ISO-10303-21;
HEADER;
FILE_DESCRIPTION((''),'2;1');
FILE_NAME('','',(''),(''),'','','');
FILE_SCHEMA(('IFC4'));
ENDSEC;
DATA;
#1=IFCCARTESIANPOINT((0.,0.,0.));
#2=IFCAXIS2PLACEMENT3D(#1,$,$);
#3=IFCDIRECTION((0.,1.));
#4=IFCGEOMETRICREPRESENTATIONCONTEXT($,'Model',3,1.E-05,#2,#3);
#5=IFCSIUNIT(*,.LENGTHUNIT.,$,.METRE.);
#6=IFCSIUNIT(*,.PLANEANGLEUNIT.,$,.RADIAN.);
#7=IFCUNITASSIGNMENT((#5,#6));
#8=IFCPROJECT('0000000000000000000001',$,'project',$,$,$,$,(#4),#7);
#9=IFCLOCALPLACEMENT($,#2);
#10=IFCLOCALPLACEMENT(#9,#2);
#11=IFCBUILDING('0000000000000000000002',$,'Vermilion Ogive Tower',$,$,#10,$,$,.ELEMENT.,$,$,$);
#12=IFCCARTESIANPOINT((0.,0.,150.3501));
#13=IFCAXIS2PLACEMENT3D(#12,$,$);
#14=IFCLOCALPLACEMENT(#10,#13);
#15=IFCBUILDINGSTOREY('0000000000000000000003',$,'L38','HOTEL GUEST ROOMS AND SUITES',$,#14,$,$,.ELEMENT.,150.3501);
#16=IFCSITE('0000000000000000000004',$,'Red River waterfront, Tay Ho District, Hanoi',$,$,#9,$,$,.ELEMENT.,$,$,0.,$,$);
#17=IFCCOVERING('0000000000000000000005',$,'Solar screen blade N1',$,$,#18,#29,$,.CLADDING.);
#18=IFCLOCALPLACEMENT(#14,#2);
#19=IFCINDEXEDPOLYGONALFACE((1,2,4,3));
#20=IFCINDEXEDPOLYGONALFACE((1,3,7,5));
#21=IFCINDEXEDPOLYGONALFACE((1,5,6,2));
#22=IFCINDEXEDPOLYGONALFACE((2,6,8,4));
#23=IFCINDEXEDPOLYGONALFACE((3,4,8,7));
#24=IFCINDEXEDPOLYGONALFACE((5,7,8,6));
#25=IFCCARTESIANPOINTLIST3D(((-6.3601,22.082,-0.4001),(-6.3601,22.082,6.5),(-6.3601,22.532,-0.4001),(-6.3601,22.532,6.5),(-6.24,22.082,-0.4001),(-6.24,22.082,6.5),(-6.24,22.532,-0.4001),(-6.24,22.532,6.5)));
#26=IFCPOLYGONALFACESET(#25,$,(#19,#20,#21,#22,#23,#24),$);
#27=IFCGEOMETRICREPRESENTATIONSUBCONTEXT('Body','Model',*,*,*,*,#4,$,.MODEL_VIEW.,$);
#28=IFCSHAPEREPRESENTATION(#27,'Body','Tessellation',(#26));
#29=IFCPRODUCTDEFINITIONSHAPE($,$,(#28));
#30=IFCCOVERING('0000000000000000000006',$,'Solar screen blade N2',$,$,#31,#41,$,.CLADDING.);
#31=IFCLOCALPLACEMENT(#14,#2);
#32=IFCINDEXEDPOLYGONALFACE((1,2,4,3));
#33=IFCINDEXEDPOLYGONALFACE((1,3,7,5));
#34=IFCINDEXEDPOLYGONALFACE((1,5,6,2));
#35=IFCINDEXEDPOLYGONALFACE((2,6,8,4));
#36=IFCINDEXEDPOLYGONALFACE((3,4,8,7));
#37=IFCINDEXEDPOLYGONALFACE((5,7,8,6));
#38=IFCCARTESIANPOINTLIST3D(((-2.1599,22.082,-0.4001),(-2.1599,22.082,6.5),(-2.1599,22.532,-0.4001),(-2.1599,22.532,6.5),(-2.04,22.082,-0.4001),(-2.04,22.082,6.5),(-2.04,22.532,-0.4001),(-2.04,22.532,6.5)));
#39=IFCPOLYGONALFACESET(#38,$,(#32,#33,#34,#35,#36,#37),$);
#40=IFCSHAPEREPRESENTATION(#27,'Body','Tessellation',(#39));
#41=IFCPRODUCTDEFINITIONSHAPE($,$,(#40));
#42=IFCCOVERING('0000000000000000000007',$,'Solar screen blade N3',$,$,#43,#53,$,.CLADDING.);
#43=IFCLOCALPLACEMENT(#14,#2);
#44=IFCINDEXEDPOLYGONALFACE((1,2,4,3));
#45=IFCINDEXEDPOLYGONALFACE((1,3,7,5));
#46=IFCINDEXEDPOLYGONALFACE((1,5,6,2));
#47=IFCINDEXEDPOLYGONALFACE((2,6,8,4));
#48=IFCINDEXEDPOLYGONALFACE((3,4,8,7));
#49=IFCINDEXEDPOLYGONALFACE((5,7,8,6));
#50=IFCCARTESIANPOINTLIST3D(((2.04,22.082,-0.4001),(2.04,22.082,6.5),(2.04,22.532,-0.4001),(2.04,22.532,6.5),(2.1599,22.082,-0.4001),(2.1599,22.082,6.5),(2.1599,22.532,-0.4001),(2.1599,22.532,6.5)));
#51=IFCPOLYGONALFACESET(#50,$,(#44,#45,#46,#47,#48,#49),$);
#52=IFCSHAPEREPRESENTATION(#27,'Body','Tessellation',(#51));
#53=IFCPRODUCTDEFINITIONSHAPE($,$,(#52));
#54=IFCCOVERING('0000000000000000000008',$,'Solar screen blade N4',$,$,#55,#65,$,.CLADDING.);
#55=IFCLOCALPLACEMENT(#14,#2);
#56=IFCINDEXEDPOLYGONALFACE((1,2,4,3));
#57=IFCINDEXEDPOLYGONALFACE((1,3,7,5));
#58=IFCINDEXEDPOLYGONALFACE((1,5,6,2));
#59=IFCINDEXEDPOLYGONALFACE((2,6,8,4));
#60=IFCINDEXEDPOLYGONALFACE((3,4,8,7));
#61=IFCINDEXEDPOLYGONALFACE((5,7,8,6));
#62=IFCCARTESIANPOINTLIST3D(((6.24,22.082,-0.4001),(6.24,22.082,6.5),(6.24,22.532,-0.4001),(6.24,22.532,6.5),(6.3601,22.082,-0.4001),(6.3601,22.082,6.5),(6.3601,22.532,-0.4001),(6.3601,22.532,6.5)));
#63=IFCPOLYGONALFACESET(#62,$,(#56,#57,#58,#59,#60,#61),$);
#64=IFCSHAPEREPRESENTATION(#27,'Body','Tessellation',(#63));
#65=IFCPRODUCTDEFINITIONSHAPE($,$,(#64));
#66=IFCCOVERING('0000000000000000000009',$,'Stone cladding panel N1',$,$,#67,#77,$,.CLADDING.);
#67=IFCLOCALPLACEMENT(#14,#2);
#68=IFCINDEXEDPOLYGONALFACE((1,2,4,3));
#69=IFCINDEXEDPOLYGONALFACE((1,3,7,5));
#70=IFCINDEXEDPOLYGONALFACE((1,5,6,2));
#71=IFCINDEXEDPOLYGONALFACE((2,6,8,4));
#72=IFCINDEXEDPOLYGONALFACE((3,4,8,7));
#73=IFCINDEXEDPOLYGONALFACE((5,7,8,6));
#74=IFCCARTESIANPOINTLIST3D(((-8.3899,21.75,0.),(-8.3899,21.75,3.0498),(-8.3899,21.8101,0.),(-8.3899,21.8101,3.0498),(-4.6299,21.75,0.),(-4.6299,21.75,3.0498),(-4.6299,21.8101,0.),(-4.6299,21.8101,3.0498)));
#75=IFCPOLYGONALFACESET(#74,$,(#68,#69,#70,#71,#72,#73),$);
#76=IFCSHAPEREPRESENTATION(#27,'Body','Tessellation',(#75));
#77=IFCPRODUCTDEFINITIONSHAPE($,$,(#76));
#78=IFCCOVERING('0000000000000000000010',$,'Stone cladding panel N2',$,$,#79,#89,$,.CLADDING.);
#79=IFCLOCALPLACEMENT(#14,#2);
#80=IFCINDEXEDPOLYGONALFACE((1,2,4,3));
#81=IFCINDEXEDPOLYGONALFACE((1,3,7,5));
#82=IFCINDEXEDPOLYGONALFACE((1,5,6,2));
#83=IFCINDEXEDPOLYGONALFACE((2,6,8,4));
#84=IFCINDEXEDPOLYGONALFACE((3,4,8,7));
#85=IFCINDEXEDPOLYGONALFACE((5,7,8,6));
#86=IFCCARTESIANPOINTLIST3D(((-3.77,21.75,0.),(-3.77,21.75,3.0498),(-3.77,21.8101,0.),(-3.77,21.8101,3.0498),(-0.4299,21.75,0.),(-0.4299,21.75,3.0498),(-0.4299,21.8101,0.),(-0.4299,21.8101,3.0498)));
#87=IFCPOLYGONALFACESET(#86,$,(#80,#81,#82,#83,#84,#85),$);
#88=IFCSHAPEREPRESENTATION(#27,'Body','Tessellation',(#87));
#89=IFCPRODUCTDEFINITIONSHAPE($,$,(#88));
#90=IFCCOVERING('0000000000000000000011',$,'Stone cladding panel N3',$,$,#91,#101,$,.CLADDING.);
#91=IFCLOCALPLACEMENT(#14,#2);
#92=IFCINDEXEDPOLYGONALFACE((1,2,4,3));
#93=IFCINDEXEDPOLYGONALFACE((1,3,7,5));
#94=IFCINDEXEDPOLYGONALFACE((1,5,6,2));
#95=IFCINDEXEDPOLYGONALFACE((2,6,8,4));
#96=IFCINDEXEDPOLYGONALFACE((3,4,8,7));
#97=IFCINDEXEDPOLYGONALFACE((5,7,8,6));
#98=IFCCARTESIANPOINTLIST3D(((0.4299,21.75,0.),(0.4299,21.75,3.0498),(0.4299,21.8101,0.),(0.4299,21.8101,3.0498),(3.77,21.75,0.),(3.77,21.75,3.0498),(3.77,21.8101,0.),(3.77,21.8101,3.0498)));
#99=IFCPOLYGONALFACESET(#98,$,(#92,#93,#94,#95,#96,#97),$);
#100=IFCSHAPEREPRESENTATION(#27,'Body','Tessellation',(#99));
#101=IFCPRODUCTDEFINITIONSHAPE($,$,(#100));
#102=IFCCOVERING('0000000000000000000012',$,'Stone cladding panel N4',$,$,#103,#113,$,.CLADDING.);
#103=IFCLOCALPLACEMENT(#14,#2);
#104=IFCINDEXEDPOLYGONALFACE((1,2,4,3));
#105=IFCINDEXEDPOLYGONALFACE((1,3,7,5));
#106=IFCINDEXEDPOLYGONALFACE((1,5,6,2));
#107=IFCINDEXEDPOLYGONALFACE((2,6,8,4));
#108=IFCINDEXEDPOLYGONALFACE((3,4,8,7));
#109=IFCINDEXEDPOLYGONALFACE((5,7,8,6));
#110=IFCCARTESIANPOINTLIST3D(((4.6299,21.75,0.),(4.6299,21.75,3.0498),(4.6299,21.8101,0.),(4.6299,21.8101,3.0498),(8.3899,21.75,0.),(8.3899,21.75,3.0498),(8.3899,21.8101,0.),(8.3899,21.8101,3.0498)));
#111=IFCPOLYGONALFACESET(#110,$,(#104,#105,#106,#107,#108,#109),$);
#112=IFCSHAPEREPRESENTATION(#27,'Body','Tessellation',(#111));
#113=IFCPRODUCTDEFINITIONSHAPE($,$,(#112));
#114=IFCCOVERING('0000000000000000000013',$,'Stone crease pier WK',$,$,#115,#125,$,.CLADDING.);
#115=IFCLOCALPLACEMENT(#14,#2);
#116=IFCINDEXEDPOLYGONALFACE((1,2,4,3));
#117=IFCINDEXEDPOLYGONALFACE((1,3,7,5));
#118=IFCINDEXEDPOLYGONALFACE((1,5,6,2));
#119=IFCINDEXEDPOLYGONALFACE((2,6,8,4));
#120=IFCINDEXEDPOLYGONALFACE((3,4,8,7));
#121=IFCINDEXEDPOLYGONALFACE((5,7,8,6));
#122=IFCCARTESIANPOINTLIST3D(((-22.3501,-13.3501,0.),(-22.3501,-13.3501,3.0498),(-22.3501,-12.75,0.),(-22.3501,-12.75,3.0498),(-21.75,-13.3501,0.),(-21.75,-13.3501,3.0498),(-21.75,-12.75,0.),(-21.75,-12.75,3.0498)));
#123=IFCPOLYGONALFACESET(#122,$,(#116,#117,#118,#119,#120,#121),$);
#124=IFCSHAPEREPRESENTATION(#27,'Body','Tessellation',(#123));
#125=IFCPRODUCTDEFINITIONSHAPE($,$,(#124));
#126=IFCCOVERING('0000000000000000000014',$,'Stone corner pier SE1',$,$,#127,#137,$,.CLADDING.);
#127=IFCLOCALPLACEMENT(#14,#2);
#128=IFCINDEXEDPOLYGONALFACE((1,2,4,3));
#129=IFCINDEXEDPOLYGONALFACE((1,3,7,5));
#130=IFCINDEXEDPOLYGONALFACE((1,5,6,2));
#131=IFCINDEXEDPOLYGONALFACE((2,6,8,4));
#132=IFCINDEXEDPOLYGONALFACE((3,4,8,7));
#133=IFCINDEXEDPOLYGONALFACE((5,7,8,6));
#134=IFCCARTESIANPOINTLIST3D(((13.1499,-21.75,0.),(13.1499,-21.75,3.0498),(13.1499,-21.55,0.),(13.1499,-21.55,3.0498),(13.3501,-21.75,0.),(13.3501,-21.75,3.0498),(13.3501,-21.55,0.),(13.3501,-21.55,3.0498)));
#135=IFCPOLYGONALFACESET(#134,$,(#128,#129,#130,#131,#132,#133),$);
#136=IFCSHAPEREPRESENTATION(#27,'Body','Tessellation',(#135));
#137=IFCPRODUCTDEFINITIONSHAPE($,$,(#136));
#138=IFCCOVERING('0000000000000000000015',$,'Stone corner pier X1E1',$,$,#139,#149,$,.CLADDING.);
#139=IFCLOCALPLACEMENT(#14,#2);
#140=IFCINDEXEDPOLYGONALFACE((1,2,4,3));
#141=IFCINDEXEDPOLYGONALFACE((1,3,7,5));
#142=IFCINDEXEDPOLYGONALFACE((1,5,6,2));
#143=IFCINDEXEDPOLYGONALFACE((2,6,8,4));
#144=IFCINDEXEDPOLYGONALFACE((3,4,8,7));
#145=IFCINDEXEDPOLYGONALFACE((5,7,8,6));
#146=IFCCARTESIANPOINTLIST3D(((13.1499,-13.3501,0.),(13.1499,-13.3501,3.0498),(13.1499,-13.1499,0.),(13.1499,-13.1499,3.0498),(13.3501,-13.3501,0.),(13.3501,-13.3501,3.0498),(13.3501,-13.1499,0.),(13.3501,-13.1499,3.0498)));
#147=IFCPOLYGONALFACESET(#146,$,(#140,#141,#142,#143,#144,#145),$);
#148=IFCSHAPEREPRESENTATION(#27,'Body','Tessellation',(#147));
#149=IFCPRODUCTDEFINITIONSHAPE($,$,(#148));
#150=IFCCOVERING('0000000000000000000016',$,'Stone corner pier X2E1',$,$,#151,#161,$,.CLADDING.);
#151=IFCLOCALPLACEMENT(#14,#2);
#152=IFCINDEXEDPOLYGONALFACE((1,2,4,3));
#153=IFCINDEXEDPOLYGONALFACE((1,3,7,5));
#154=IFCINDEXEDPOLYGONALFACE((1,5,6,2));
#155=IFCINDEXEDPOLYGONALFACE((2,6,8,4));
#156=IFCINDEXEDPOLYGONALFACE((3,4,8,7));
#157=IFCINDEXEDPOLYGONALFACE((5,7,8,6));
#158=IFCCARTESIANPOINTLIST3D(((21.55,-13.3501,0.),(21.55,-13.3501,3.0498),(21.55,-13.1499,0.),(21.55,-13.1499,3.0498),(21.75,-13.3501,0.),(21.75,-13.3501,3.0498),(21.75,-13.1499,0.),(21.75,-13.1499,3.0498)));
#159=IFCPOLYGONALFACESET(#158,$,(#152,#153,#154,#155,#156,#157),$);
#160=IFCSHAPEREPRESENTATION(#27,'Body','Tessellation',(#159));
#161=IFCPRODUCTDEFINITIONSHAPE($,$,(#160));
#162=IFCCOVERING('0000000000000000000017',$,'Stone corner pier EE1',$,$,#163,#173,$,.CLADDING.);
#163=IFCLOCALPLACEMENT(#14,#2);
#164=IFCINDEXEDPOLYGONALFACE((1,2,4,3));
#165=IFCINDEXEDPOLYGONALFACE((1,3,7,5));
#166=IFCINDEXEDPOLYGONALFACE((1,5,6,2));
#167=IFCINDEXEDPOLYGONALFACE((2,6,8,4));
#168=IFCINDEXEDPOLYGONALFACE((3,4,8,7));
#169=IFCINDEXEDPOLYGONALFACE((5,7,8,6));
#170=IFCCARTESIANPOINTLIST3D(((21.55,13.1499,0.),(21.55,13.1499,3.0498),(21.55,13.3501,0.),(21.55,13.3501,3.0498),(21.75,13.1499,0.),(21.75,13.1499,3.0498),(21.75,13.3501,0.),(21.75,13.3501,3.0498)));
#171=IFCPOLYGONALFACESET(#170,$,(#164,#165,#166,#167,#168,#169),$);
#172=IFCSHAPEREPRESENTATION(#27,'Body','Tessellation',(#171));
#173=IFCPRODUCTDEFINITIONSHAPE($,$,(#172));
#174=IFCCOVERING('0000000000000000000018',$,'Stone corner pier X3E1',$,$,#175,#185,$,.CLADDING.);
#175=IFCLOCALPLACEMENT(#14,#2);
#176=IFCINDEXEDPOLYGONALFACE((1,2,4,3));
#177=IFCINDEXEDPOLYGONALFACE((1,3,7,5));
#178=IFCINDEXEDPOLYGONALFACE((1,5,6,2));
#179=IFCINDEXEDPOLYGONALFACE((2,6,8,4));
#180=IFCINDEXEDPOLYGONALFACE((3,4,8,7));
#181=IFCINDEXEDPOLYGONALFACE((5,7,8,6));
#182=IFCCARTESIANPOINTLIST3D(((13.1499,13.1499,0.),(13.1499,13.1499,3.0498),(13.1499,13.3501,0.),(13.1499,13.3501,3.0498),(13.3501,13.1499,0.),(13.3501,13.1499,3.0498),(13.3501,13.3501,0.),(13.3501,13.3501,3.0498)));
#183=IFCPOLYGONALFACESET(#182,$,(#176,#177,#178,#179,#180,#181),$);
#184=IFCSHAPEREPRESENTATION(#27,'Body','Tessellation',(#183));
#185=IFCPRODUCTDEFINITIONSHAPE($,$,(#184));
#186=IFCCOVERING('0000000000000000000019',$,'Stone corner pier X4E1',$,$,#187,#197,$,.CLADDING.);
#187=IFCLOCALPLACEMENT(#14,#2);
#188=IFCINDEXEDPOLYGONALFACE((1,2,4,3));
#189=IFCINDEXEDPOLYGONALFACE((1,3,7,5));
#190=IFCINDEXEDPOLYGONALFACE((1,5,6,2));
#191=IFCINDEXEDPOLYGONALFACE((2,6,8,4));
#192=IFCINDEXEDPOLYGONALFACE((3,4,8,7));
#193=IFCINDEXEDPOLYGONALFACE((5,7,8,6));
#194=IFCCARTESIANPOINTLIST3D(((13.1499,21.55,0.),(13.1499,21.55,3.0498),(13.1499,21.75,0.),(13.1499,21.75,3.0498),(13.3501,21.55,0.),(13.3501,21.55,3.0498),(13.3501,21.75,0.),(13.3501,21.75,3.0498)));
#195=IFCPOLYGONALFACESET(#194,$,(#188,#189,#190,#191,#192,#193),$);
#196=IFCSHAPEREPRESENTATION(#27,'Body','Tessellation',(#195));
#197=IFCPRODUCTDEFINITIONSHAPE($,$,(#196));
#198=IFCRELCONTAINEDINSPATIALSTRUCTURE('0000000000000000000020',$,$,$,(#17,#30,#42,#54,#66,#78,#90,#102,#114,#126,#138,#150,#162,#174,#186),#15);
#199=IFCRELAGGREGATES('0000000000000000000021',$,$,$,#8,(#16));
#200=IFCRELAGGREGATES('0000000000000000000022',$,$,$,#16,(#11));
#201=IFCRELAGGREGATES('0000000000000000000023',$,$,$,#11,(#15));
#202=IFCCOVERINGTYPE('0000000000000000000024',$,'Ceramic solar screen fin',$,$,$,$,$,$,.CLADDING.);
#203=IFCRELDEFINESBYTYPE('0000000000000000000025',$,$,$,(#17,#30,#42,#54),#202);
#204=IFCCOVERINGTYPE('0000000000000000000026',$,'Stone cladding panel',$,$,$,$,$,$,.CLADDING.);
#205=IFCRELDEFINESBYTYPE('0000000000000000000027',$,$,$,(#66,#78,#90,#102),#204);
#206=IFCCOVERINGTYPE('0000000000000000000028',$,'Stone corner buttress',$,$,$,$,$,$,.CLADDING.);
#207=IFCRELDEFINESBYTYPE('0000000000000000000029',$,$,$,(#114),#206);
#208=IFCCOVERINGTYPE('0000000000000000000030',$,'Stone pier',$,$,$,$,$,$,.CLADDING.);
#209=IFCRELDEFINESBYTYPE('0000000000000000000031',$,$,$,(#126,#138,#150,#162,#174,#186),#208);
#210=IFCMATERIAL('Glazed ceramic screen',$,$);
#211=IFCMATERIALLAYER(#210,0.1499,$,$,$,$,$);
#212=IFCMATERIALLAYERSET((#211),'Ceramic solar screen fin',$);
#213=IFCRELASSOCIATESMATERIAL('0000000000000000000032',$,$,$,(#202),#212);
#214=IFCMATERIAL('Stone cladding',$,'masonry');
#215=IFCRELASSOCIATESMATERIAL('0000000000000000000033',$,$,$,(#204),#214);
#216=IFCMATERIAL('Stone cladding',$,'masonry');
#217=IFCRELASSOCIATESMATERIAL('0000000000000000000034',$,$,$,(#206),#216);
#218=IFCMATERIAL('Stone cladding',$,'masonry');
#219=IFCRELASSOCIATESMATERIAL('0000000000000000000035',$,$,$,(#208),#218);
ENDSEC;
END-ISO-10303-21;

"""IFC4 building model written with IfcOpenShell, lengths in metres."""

from ifc_helpers import new_model, si_unit, direction, frame, origin, place, context, subcontext, project, spatial, polyline, outline, extrude, material, layer, layer_set, type_object, element, save


model = new_model("IFC4")

# Units and contexts
model_context = context("Model", 3, precision=1e-05, world=origin(), true_north=direction((0.0, 1.0)))
body_context = subcontext(model_context, "Body", "Model", "MODEL_VIEW")
ifc_project = project(units=[si_unit("LENGTHUNIT", "METRE"), si_unit("PLANEANGLEUNIT", "RADIAN")], contexts=[model_context])

# Site, building, storey
site_placement = place(None, origin())
site = spatial("IfcSite", under=ifc_project, at=site_placement, Name="Red River waterfront, Tay Ho District, Hanoi", CompositionType="ELEMENT", RefElevation=0.0)
building_placement = place(site_placement, origin())
building = spatial("IfcBuilding", under=site, at=building_placement, Name="Vermilion Ogive Tower", CompositionType="ELEMENT")
storey_placement = place(building_placement, frame((0.0, 0.0, 150.3501)))
storey = spatial("IfcBuildingStorey", under=building, at=storey_placement, Name="L38", Description="HOTEL GUEST ROOMS AND SUITES", CompositionType="ELEMENT", Elevation=150.3501)

# Coverings
ifc_material_1 = material(Name="Glazed ceramic screen")
ifc_layer = layer(ifc_material_1, 0.1499)
ifc_layer_set = layer_set([ifc_layer], Name="Ceramic solar screen fin")
covering_type_1 = type_object("IfcCoveringType", Name="Ceramic solar screen fin", PredefinedType="CLADDING", material=ifc_layer_set)
covering_1_placement = place(storey_placement, frame((0.0, 0.0, -0.4001)))
element("IfcCovering", 1, at=covering_1_placement, inside=storey, type_object=covering_type_1, Name="Solar screen blade N1", PredefinedType="CLADDING", context=body_context, shape_type="SweptSolid", body=[
    extrude(outline(polyline([(-6.3601, 22.082), (-6.24, 22.082), (-6.24, 22.532), (-6.3601, 22.532), (-6.3601, 22.082)])), origin(), (0.0, 0.0, 1.0), 6.9001),
])
covering_2_placement = place(storey_placement, frame((0.0, 0.0, -0.4001)))
element("IfcCovering", 2, at=covering_2_placement, inside=storey, type_object=covering_type_1, Name="Solar screen blade N2", PredefinedType="CLADDING", context=body_context, shape_type="SweptSolid", body=[
    extrude(outline(polyline([(-2.1599, 22.082), (-2.04, 22.082), (-2.04, 22.532), (-2.1599, 22.532), (-2.1599, 22.082)])), origin(), (0.0, 0.0, 1.0), 6.9001),
])
covering_3_placement = place(storey_placement, frame((0.0, 0.0, -0.4001)))
element("IfcCovering", 3, at=covering_3_placement, inside=storey, type_object=covering_type_1, Name="Solar screen blade N3", PredefinedType="CLADDING", context=body_context, shape_type="SweptSolid", body=[
    extrude(outline(polyline([(2.04, 22.082), (2.1599, 22.082), (2.1599, 22.532), (2.04, 22.532), (2.04, 22.082)])), origin(), (0.0, 0.0, 1.0), 6.9001),
])
covering_4_placement = place(storey_placement, frame((0.0, 0.0, -0.4001)))
element("IfcCovering", 4, at=covering_4_placement, inside=storey, type_object=covering_type_1, Name="Solar screen blade N4", PredefinedType="CLADDING", context=body_context, shape_type="SweptSolid", body=[
    extrude(outline(polyline([(6.24, 22.082), (6.3601, 22.082), (6.3601, 22.532), (6.24, 22.532), (6.24, 22.082)])), origin(), (0.0, 0.0, 1.0), 6.9001),
])
ifc_material_2 = material(Name="Stone cladding", Category="masonry")
covering_type_2 = type_object("IfcCoveringType", Name="Stone cladding panel", PredefinedType="CLADDING", material=ifc_material_2)
covering_5_placement = place(storey_placement, origin())
element("IfcCovering", 5, at=covering_5_placement, inside=storey, type_object=covering_type_2, Name="Stone cladding panel N1", PredefinedType="CLADDING", context=body_context, shape_type="SweptSolid", body=[
    extrude(outline(polyline([(-8.3899, 21.75), (-4.6299, 21.75), (-4.6299, 21.8101), (-8.3899, 21.8101), (-8.3899, 21.75)])), origin(), (0.0, 0.0, 1.0), 3.0498),
])
covering_6_placement = place(storey_placement, origin())
element("IfcCovering", 6, at=covering_6_placement, inside=storey, type_object=covering_type_2, Name="Stone cladding panel N2", PredefinedType="CLADDING", context=body_context, shape_type="SweptSolid", body=[
    extrude(outline(polyline([(-3.77, 21.75), (-0.4299, 21.75), (-0.4299, 21.8101), (-3.77, 21.8101), (-3.77, 21.75)])), origin(), (0.0, 0.0, 1.0), 3.0498),
])
covering_7_placement = place(storey_placement, origin())
element("IfcCovering", 7, at=covering_7_placement, inside=storey, type_object=covering_type_2, Name="Stone cladding panel N3", PredefinedType="CLADDING", context=body_context, shape_type="SweptSolid", body=[
    extrude(outline(polyline([(0.4299, 21.75), (3.77, 21.75), (3.77, 21.8101), (0.4299, 21.8101), (0.4299, 21.75)])), origin(), (0.0, 0.0, 1.0), 3.0498),
])
covering_8_placement = place(storey_placement, origin())
element("IfcCovering", 8, at=covering_8_placement, inside=storey, type_object=covering_type_2, Name="Stone cladding panel N4", PredefinedType="CLADDING", context=body_context, shape_type="SweptSolid", body=[
    extrude(outline(polyline([(4.6299, 21.75), (8.3899, 21.75), (8.3899, 21.8101), (4.6299, 21.8101), (4.6299, 21.75)])), origin(), (0.0, 0.0, 1.0), 3.0498),
])
ifc_material_3 = material(Name="Stone cladding", Category="masonry")
covering_type_3 = type_object("IfcCoveringType", Name="Stone corner buttress", PredefinedType="CLADDING", material=ifc_material_3)
covering_9_placement = place(storey_placement, origin())
element("IfcCovering", 9, at=covering_9_placement, inside=storey, type_object=covering_type_3, Name="Stone crease pier WK", PredefinedType="CLADDING", context=body_context, shape_type="SweptSolid", body=[
    extrude(outline(polyline([(-22.3501, -12.75), (-22.3501, -13.3501), (-21.75, -13.3501), (-21.75, -12.75), (-22.3501, -12.75)])), origin(), (0.0, 0.0, 1.0), 3.0498),
])
ifc_material_4 = material(Name="Stone cladding", Category="masonry")
covering_type_4 = type_object("IfcCoveringType", Name="Stone pier", PredefinedType="CLADDING", material=ifc_material_4)
covering_10_placement = place(storey_placement, origin())
element("IfcCovering", 10, at=covering_10_placement, inside=storey, type_object=covering_type_4, Name="Stone corner pier SE1", PredefinedType="CLADDING", context=body_context, shape_type="SweptSolid", body=[
    extrude(outline(polyline([(13.1499, -21.75), (13.1499, -21.55), (13.3501, -21.55), (13.3501, -21.75), (13.1499, -21.75)])), origin(), (0.0, 0.0, 1.0), 3.0498),
])
covering_11_placement = place(storey_placement, origin())
element("IfcCovering", 11, at=covering_11_placement, inside=storey, type_object=covering_type_4, Name="Stone corner pier X1E1", PredefinedType="CLADDING", context=body_context, shape_type="SweptSolid", body=[
    extrude(outline(polyline([(13.1499, -13.1499), (13.3501, -13.1499), (13.3501, -13.3501), (13.1499, -13.3501), (13.1499, -13.1499)])), origin(), (0.0, 0.0, 1.0), 3.0498),
])
covering_12_placement = place(storey_placement, origin())
element("IfcCovering", 12, at=covering_12_placement, inside=storey, type_object=covering_type_4, Name="Stone corner pier X2E1", PredefinedType="CLADDING", context=body_context, shape_type="SweptSolid", body=[
    extrude(outline(polyline([(21.55, -13.3501), (21.55, -13.1499), (21.75, -13.1499), (21.75, -13.3501), (21.55, -13.3501)])), origin(), (0.0, 0.0, 1.0), 3.0498),
])
covering_13_placement = place(storey_placement, origin())
element("IfcCovering", 13, at=covering_13_placement, inside=storey, type_object=covering_type_4, Name="Stone corner pier EE1", PredefinedType="CLADDING", context=body_context, shape_type="SweptSolid", body=[
    extrude(outline(polyline([(21.75, 13.1499), (21.55, 13.1499), (21.55, 13.3501), (21.75, 13.3501), (21.75, 13.1499)])), origin(), (0.0, 0.0, 1.0), 3.0498),
])
covering_14_placement = place(storey_placement, origin())
element("IfcCovering", 14, at=covering_14_placement, inside=storey, type_object=covering_type_4, Name="Stone corner pier X3E1", PredefinedType="CLADDING", context=body_context, shape_type="SweptSolid", body=[
    extrude(outline(polyline([(13.1499, 13.1499), (13.1499, 13.3501), (13.3501, 13.3501), (13.3501, 13.1499), (13.1499, 13.1499)])), origin(), (0.0, 0.0, 1.0), 3.0498),
])
covering_15_placement = place(storey_placement, origin())
element("IfcCovering", 15, at=covering_15_placement, inside=storey, type_object=covering_type_4, Name="Stone corner pier X4E1", PredefinedType="CLADDING", context=body_context, shape_type="SweptSolid", body=[
    extrude(outline(polyline([(13.3501, 21.55), (13.1499, 21.55), (13.1499, 21.75), (13.3501, 21.75), (13.3501, 21.55)])), origin(), (0.0, 0.0, 1.0), 3.0498),
])

save(model, "model.ifc")
